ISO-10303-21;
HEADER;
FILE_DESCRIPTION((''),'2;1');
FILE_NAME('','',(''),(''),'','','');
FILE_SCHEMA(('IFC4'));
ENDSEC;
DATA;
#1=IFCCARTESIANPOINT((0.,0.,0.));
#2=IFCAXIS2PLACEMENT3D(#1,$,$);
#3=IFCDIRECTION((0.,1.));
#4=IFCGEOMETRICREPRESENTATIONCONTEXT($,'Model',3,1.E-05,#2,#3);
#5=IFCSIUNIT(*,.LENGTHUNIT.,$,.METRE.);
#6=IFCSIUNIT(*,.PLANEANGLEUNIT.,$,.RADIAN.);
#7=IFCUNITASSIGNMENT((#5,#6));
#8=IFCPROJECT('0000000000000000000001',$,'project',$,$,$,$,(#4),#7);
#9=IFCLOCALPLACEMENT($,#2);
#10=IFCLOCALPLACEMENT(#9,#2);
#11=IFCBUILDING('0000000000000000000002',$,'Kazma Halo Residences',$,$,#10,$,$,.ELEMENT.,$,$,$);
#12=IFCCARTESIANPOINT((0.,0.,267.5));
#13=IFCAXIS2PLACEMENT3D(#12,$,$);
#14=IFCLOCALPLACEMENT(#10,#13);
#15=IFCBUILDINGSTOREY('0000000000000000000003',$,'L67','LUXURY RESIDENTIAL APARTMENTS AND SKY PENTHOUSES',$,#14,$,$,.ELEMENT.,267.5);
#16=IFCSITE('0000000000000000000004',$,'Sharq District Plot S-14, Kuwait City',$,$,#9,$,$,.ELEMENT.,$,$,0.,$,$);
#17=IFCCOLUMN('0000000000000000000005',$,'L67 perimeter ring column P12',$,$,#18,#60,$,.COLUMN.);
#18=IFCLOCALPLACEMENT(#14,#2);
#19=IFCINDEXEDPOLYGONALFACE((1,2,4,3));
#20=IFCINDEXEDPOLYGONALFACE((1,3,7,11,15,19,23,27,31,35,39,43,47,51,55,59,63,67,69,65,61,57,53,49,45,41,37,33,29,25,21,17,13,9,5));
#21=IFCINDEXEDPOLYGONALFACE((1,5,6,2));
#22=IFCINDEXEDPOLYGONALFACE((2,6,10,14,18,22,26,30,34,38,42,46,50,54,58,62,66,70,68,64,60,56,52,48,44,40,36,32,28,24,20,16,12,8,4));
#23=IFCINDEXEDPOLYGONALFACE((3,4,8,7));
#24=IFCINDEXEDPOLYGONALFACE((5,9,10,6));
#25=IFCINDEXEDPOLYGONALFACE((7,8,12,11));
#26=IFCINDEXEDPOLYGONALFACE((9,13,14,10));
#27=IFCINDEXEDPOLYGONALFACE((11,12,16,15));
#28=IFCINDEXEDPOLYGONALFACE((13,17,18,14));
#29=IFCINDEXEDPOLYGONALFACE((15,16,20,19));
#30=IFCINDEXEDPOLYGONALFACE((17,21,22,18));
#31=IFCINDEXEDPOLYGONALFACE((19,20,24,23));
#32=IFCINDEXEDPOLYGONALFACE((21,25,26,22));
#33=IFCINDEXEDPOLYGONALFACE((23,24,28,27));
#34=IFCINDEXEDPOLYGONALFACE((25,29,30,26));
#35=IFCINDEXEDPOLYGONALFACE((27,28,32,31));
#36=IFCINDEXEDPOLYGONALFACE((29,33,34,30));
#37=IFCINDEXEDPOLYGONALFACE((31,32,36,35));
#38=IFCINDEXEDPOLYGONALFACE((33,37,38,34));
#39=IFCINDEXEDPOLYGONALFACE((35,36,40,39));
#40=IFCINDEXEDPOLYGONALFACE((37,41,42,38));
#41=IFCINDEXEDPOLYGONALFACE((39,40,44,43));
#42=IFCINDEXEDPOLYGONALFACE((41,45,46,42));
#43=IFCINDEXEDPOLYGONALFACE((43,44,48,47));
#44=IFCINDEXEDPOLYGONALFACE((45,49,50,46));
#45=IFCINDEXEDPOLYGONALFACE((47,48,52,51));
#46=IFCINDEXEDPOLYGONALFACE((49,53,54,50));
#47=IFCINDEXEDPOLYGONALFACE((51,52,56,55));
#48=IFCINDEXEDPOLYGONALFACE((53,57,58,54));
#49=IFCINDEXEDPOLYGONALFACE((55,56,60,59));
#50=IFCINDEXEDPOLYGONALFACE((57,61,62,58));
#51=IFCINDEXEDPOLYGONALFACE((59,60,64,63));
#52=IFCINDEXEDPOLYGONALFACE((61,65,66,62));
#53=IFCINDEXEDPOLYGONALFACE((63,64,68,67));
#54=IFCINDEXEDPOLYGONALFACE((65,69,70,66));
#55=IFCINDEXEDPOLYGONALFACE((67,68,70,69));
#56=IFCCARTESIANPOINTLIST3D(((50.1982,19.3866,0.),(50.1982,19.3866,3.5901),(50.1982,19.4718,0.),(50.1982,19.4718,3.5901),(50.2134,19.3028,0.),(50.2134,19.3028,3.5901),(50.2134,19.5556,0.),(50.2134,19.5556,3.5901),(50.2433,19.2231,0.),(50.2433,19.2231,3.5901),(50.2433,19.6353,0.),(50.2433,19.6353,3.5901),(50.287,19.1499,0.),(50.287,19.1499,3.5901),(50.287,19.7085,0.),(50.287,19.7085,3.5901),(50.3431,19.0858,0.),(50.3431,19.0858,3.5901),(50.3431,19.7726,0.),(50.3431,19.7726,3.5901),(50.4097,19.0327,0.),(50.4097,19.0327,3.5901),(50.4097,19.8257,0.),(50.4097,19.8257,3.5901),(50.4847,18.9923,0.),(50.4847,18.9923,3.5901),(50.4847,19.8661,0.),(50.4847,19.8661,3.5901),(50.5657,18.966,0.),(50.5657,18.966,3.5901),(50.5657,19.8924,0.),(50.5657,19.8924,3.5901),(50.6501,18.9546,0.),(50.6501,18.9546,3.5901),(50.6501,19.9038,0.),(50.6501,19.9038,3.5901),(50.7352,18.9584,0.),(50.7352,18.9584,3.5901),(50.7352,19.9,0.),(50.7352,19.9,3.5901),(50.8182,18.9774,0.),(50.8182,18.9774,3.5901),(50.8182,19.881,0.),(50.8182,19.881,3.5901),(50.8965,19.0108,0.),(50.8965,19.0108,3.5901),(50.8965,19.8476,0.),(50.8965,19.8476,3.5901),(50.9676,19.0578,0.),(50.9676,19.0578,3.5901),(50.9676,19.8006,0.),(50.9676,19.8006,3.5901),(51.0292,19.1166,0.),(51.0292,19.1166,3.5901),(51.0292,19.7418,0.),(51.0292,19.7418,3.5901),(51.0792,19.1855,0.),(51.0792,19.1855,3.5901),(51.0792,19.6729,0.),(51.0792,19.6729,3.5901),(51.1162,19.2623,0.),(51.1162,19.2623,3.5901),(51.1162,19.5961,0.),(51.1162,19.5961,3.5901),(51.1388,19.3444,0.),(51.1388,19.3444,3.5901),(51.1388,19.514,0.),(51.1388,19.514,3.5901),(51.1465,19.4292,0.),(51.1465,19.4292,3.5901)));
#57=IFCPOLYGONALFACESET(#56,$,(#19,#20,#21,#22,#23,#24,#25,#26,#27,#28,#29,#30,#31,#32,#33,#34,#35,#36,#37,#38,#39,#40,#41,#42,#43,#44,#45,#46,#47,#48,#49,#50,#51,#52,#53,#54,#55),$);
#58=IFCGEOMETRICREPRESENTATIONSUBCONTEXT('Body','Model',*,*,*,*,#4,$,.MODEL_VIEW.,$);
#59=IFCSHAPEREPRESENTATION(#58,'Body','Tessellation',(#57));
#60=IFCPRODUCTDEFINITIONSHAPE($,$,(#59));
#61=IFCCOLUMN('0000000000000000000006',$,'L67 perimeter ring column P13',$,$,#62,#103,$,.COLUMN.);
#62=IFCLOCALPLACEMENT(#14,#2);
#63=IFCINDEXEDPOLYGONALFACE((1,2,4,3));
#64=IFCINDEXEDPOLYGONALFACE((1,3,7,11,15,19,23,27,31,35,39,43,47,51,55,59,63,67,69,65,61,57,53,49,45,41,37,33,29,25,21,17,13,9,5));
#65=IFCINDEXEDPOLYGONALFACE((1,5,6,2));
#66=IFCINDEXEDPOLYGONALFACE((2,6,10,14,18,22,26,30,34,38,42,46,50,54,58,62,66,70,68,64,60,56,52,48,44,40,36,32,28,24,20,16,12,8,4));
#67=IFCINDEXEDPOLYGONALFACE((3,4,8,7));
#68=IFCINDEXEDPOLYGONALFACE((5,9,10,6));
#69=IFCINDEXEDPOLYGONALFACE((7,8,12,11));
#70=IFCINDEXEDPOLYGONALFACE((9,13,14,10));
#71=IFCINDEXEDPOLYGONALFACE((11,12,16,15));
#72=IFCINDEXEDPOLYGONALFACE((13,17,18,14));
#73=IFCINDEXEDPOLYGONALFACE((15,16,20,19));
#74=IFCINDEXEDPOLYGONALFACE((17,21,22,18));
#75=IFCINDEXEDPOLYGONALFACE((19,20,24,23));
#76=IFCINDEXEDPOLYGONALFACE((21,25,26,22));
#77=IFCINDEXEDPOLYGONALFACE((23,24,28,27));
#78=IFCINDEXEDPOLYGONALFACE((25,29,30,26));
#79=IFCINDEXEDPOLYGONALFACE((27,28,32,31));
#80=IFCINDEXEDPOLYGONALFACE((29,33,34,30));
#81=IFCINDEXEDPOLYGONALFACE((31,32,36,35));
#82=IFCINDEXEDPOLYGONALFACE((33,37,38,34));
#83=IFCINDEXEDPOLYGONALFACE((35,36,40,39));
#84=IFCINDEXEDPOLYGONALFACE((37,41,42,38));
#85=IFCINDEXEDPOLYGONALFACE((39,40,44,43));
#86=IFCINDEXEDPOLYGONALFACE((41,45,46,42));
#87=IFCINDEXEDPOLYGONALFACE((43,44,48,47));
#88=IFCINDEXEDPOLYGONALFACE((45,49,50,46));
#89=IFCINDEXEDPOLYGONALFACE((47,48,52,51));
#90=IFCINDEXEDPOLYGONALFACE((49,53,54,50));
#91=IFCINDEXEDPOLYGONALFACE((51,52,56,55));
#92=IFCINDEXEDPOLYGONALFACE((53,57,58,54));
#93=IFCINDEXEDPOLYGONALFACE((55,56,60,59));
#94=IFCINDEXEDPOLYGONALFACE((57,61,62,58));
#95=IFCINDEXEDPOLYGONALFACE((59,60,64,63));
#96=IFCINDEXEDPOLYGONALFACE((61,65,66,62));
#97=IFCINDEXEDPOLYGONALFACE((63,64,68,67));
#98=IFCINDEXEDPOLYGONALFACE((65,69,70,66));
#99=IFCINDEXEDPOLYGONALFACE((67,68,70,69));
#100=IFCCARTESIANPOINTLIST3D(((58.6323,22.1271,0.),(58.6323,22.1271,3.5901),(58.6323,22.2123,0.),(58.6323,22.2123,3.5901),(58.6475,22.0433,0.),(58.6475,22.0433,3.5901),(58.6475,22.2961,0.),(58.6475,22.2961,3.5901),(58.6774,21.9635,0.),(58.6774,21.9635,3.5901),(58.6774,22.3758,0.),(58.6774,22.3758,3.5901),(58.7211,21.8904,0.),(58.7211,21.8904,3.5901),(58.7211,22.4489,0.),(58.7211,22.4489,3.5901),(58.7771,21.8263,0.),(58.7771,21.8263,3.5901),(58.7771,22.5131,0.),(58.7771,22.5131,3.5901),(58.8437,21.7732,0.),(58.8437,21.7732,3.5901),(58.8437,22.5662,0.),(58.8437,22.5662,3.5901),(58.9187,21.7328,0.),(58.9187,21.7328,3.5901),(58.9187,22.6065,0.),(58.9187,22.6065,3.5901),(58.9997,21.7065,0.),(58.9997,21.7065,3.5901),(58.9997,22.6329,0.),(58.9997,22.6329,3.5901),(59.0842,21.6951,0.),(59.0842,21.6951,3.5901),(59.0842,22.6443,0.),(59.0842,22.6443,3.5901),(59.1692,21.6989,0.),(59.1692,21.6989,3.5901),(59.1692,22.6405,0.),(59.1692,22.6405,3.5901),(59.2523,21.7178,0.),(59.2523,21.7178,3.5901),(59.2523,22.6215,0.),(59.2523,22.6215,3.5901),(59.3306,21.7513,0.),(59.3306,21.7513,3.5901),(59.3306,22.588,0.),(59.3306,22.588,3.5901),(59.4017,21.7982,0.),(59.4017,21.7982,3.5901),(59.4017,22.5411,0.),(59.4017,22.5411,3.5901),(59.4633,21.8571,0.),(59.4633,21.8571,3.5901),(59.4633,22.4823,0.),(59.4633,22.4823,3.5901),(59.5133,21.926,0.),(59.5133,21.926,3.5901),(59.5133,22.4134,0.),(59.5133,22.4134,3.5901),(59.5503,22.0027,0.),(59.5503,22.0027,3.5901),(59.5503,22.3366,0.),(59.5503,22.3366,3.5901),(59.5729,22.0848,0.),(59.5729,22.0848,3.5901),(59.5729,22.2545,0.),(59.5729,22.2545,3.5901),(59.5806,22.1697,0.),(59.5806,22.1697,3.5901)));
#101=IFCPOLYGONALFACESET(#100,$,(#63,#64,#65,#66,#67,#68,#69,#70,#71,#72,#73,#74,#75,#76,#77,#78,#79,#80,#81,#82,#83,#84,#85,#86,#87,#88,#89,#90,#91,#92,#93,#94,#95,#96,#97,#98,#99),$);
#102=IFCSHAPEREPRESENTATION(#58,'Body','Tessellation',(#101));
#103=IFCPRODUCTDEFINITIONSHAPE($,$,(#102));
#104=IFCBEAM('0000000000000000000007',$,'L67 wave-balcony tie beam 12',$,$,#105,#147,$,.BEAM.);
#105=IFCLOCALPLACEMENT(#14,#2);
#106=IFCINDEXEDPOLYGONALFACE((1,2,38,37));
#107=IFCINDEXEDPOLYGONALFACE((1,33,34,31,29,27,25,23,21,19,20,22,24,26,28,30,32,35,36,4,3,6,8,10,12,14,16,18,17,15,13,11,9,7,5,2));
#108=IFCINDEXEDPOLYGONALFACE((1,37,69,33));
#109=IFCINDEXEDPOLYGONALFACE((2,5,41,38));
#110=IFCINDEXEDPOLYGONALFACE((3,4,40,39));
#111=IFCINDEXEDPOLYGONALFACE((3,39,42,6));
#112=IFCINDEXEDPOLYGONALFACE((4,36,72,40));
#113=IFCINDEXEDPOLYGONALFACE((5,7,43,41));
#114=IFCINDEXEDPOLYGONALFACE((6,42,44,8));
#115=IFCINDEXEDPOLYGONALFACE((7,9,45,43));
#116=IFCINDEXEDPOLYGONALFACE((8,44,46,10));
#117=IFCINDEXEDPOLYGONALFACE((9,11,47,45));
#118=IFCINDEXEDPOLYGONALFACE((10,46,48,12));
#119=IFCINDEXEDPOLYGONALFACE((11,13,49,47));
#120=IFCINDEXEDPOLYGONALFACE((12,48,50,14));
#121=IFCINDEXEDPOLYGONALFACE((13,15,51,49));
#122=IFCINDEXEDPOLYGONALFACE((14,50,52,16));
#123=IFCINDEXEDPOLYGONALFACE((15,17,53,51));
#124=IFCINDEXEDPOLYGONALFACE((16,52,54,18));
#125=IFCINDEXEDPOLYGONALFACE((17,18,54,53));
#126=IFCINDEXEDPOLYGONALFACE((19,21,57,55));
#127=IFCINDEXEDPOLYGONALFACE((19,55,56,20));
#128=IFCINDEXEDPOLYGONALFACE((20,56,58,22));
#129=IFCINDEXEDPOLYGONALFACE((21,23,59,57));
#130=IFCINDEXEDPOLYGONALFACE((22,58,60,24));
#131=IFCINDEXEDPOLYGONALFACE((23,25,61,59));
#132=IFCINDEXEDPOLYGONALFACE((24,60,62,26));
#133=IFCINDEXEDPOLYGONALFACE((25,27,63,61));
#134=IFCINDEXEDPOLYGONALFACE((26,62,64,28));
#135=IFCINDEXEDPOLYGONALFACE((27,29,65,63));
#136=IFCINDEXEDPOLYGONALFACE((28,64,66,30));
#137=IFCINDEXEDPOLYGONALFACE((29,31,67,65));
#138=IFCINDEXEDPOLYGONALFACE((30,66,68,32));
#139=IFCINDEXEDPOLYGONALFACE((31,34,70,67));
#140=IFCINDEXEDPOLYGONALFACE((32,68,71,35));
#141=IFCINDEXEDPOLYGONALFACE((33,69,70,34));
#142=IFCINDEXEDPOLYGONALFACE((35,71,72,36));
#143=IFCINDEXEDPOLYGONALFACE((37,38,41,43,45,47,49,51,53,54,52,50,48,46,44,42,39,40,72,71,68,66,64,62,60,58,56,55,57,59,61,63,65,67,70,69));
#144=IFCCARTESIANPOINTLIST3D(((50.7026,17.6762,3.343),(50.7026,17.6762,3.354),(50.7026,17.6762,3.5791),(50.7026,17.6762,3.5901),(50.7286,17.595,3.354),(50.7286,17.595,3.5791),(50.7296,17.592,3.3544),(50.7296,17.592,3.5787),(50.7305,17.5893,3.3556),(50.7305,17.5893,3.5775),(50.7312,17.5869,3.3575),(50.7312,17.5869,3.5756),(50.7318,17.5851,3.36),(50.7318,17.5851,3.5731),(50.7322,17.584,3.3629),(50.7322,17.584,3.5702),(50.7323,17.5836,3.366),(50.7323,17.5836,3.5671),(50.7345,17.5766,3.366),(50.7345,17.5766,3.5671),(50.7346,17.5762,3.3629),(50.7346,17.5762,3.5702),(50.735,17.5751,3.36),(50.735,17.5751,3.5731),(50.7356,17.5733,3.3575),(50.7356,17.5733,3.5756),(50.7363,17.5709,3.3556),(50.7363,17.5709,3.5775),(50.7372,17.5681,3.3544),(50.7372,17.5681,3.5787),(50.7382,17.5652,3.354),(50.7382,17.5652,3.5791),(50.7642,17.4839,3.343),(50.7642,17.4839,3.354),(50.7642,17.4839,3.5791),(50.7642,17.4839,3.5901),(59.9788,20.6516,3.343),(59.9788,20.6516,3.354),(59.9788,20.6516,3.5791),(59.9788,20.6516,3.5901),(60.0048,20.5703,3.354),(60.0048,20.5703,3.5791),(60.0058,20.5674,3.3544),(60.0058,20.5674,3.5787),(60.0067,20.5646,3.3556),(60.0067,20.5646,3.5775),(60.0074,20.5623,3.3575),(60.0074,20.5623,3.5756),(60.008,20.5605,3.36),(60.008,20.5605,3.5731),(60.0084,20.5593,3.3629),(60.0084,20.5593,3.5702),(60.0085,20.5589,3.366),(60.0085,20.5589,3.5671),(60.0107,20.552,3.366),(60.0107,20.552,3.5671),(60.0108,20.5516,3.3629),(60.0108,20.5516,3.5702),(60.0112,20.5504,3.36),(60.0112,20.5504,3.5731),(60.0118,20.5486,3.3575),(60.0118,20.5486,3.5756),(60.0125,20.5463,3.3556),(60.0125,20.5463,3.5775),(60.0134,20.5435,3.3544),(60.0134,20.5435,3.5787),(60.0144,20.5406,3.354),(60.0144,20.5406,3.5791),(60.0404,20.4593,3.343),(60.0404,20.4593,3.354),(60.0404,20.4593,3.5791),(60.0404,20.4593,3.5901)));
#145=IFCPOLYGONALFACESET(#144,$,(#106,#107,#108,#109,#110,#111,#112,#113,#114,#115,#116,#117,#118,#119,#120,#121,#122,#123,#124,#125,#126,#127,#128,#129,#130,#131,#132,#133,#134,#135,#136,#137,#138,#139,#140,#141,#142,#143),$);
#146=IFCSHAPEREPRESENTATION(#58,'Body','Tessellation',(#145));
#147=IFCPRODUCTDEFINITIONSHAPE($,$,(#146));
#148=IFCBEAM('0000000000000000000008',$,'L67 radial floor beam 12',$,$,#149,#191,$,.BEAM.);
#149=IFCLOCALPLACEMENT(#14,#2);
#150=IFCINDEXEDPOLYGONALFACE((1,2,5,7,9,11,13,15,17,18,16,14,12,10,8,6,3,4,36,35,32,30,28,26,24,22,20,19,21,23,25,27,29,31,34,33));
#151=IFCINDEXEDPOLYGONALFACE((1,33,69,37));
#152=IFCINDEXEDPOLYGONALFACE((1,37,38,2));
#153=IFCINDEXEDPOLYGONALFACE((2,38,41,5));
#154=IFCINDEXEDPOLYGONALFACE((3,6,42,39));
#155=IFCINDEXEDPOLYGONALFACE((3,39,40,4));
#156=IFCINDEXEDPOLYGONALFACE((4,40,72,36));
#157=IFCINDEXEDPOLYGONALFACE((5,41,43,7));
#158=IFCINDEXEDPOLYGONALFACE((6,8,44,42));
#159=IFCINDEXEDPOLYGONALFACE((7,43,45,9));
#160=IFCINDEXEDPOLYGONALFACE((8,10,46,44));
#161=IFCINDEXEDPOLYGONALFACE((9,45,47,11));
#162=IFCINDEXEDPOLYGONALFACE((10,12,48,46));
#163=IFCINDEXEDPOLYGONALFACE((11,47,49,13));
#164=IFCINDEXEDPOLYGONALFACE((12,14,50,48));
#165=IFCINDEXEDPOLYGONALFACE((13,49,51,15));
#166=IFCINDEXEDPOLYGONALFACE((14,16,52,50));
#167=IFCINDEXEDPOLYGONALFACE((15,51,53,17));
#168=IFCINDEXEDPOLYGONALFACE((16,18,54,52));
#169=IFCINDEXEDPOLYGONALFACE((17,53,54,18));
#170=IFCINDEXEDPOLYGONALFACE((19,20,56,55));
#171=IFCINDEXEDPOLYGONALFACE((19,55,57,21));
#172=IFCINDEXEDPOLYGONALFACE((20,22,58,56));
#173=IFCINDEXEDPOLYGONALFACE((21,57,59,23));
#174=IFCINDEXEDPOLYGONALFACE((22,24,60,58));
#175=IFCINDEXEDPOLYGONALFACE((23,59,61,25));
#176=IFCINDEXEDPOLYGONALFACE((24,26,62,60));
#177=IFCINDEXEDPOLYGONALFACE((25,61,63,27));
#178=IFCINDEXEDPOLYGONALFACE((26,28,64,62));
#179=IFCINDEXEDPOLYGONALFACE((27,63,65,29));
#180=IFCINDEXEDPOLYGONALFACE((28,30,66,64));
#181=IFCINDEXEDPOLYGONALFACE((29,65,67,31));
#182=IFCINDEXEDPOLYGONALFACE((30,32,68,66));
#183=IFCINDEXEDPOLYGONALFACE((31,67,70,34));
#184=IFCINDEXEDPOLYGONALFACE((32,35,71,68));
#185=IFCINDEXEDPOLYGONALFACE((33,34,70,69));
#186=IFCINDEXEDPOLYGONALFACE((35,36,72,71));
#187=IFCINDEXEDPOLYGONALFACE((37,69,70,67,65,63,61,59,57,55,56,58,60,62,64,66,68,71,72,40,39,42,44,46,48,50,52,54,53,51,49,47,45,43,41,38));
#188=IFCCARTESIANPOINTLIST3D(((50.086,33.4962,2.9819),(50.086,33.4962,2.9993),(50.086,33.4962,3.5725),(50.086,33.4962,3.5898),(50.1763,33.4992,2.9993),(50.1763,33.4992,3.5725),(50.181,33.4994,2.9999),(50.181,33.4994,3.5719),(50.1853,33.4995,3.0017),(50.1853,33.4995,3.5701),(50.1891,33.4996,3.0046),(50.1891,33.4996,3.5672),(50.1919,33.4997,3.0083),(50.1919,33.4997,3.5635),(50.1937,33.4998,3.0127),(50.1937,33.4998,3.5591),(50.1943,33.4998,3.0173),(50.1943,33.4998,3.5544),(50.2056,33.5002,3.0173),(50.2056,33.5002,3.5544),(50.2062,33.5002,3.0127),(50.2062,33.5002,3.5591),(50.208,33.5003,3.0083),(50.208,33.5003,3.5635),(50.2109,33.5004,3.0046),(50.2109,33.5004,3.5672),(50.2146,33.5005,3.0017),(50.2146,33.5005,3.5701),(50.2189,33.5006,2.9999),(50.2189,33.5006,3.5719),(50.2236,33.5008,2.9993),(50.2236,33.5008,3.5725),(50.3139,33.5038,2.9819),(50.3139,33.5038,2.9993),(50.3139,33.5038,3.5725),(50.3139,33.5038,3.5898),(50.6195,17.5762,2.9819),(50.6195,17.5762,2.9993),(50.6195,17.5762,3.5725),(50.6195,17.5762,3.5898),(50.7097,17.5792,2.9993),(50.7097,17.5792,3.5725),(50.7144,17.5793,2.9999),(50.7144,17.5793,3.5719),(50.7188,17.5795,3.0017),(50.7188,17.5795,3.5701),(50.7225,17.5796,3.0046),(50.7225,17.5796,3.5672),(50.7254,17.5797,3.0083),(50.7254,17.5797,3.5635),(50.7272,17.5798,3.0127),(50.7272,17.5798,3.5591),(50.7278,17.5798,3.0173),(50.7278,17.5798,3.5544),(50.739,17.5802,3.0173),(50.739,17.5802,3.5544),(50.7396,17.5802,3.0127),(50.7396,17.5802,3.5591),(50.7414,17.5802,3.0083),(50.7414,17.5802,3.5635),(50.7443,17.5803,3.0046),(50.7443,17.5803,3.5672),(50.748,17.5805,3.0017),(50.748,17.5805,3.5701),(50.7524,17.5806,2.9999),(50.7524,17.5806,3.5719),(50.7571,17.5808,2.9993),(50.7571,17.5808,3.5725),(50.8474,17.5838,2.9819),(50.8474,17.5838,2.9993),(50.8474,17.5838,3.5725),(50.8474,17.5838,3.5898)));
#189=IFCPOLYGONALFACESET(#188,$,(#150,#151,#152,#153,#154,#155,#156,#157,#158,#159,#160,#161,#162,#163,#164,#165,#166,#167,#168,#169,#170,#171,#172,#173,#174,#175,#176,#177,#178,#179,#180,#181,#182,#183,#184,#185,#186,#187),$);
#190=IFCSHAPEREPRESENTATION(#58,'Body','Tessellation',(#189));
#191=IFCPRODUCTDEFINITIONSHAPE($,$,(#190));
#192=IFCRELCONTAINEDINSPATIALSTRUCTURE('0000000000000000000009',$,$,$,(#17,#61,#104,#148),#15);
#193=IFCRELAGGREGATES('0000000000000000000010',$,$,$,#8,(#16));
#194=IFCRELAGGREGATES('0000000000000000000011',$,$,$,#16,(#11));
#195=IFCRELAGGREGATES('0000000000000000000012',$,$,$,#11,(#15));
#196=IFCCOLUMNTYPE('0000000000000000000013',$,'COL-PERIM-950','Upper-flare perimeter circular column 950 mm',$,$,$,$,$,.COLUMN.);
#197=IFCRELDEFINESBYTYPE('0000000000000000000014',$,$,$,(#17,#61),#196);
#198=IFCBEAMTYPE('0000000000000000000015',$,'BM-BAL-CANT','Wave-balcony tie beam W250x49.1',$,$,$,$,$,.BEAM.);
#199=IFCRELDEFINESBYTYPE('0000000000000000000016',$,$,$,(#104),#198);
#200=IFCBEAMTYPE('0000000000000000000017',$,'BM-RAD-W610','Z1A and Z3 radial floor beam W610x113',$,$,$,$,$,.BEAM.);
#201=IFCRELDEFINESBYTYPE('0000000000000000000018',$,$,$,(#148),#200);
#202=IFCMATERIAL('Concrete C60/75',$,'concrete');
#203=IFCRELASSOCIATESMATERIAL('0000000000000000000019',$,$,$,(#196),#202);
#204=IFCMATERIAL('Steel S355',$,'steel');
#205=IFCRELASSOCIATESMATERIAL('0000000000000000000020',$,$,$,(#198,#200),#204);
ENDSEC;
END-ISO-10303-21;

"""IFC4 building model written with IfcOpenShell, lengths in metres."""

from ifc_helpers import new_model, si_unit, direction, frame, origin, origin_2d, place, context, subcontext, project, spatial, circle, i_section, extrude, material, material_profile, profile_set, type_object, element, save


model = new_model("IFC4")

# Units and contexts
model_context = context("Model", 3, precision=1e-05, world=origin(), true_north=direction((0.0, 1.0)))
body_context = subcontext(model_context, "Body", "Model", "MODEL_VIEW")
ifc_project = project(units=[si_unit("LENGTHUNIT", "METRE"), si_unit("PLANEANGLEUNIT", "RADIAN")], contexts=[model_context])

# Site, building, storey
site_placement = place(None, origin())
site = spatial("IfcSite", under=ifc_project, at=site_placement, Name="Sharq District Plot S-14, Kuwait City", CompositionType="ELEMENT", RefElevation=0.0)
building_placement = place(site_placement, origin())
building = spatial("IfcBuilding", under=site, at=building_placement, Name="Kazma Halo Residences", CompositionType="ELEMENT")
storey_placement = place(building_placement, frame((0.0, 0.0, 267.5)))
storey = spatial("IfcBuildingStorey", under=building, at=storey_placement, Name="L67", Description="LUXURY RESIDENTIAL APARTMENTS AND SKY PENTHOUSES", CompositionType="ELEMENT", Elevation=267.5)

# Columns
ifc_material_1 = material(Name="Concrete C60/75", Category="concrete")
ifc_material_profile_1 = material_profile(ifc_material_1, circle(Radius=0.4751, at=origin_2d()), Name="CIRC950")
ifc_profile_set_1 = profile_set([ifc_material_profile_1], Name="Concrete C60/75")
column_type = type_object("IfcColumnType", Name="COL-PERIM-950", Description="Upper-flare perimeter circular column 950 mm", PredefinedType="COLUMN", material=ifc_profile_set_1)
for number, where, z_axis, x_axis, name in (
    (1, (50.6714, 19.4292, 0.0), (0.0, 0.0, 1.0), (1.0, 0.0, 0.0), "L67 perimeter ring column P12"),
    (2, (59.1055, 22.1697, 0.0), (0.0, 0.0, 1.0), (1.0, 0.0, 0.0), "L67 perimeter ring column P13"),
):
    element("IfcColumn", number, at=place(storey_placement, frame(where, z_axis=z_axis, x_axis=x_axis)), inside=storey, type_object=column_type, Name=name, PredefinedType="COLUMN", context=body_context, shape_type="SweptSolid", body=[
        extrude(circle(Radius=0.4751, at=origin_2d()), origin(), (0.0, 0.0, 1.0), 3.5901),
    ])

# Beams
ifc_material_2 = material(Name="Steel S355", Category="steel")
ifc_material_profile_2 = material_profile(ifc_material_2, i_section(OverallWidth=0.2019, OverallDepth=0.2471, WebThickness=0.0073, FlangeThickness=0.011, FilletRadius=0.012, at=origin_2d()), Name="W250x49.1")
ifc_profile_set_2 = profile_set([ifc_material_profile_2], Name="Steel S355")
beam_type_1 = type_object("IfcBeamType", Name="BM-BAL-CANT", Description="Wave-balcony tie beam W250x49.1", PredefinedType="BEAM", material=ifc_profile_set_2)
beam_1_placement = place(storey_placement, frame((50.7334, 17.5801, 3.4666), z_axis=(0.952216, 0.305426, 0.0), x_axis=(-0.305426, 0.952216, 0.0)))
element("IfcBeam", 3, at=beam_1_placement, inside=storey, type_object=beam_type_1, Name="L67 wave-balcony tie beam 12", PredefinedType="BEAM", context=body_context, shape_type="SweptSolid", body=[
    extrude(i_section(OverallWidth=0.2019, OverallDepth=0.2471, WebThickness=0.0073, FlangeThickness=0.011, FilletRadius=0.012, at=origin_2d()), origin(), (0.0, 0.0, 1.0), 9.7417),
])
ifc_material_profile_3 = material_profile(ifc_material_2, i_section(OverallWidth=0.228, OverallDepth=0.6079, WebThickness=0.0112, FlangeThickness=0.0173, FilletRadius=0.0181, at=origin_2d()), Name="W610x113")
ifc_profile_set_3 = profile_set([ifc_material_profile_3], Name="Steel S355")
beam_type_2 = type_object("IfcBeamType", Name="BM-RAD-W610", Description="Z1A and Z3 radial floor beam W610x113", PredefinedType="BEAM", material=ifc_profile_set_3)
beam_2_placement = place(storey_placement, frame((50.2, 33.5, 3.2859), z_axis=(0.033489, -0.999439, 0.0), x_axis=(0.999439, 0.033489, 0.0)))
element("IfcBeam", 4, at=beam_2_placement, inside=storey, type_object=beam_type_2, Name="L67 radial floor beam 12", PredefinedType="BEAM", context=body_context, shape_type="SweptSolid", body=[
    extrude(i_section(OverallWidth=0.228, OverallDepth=0.6079, WebThickness=0.0112, FlangeThickness=0.0173, FilletRadius=0.0181, at=origin_2d()), origin(), (0.0, 0.0, 1.0), 15.929),
])

save(model, "model.ifc")
